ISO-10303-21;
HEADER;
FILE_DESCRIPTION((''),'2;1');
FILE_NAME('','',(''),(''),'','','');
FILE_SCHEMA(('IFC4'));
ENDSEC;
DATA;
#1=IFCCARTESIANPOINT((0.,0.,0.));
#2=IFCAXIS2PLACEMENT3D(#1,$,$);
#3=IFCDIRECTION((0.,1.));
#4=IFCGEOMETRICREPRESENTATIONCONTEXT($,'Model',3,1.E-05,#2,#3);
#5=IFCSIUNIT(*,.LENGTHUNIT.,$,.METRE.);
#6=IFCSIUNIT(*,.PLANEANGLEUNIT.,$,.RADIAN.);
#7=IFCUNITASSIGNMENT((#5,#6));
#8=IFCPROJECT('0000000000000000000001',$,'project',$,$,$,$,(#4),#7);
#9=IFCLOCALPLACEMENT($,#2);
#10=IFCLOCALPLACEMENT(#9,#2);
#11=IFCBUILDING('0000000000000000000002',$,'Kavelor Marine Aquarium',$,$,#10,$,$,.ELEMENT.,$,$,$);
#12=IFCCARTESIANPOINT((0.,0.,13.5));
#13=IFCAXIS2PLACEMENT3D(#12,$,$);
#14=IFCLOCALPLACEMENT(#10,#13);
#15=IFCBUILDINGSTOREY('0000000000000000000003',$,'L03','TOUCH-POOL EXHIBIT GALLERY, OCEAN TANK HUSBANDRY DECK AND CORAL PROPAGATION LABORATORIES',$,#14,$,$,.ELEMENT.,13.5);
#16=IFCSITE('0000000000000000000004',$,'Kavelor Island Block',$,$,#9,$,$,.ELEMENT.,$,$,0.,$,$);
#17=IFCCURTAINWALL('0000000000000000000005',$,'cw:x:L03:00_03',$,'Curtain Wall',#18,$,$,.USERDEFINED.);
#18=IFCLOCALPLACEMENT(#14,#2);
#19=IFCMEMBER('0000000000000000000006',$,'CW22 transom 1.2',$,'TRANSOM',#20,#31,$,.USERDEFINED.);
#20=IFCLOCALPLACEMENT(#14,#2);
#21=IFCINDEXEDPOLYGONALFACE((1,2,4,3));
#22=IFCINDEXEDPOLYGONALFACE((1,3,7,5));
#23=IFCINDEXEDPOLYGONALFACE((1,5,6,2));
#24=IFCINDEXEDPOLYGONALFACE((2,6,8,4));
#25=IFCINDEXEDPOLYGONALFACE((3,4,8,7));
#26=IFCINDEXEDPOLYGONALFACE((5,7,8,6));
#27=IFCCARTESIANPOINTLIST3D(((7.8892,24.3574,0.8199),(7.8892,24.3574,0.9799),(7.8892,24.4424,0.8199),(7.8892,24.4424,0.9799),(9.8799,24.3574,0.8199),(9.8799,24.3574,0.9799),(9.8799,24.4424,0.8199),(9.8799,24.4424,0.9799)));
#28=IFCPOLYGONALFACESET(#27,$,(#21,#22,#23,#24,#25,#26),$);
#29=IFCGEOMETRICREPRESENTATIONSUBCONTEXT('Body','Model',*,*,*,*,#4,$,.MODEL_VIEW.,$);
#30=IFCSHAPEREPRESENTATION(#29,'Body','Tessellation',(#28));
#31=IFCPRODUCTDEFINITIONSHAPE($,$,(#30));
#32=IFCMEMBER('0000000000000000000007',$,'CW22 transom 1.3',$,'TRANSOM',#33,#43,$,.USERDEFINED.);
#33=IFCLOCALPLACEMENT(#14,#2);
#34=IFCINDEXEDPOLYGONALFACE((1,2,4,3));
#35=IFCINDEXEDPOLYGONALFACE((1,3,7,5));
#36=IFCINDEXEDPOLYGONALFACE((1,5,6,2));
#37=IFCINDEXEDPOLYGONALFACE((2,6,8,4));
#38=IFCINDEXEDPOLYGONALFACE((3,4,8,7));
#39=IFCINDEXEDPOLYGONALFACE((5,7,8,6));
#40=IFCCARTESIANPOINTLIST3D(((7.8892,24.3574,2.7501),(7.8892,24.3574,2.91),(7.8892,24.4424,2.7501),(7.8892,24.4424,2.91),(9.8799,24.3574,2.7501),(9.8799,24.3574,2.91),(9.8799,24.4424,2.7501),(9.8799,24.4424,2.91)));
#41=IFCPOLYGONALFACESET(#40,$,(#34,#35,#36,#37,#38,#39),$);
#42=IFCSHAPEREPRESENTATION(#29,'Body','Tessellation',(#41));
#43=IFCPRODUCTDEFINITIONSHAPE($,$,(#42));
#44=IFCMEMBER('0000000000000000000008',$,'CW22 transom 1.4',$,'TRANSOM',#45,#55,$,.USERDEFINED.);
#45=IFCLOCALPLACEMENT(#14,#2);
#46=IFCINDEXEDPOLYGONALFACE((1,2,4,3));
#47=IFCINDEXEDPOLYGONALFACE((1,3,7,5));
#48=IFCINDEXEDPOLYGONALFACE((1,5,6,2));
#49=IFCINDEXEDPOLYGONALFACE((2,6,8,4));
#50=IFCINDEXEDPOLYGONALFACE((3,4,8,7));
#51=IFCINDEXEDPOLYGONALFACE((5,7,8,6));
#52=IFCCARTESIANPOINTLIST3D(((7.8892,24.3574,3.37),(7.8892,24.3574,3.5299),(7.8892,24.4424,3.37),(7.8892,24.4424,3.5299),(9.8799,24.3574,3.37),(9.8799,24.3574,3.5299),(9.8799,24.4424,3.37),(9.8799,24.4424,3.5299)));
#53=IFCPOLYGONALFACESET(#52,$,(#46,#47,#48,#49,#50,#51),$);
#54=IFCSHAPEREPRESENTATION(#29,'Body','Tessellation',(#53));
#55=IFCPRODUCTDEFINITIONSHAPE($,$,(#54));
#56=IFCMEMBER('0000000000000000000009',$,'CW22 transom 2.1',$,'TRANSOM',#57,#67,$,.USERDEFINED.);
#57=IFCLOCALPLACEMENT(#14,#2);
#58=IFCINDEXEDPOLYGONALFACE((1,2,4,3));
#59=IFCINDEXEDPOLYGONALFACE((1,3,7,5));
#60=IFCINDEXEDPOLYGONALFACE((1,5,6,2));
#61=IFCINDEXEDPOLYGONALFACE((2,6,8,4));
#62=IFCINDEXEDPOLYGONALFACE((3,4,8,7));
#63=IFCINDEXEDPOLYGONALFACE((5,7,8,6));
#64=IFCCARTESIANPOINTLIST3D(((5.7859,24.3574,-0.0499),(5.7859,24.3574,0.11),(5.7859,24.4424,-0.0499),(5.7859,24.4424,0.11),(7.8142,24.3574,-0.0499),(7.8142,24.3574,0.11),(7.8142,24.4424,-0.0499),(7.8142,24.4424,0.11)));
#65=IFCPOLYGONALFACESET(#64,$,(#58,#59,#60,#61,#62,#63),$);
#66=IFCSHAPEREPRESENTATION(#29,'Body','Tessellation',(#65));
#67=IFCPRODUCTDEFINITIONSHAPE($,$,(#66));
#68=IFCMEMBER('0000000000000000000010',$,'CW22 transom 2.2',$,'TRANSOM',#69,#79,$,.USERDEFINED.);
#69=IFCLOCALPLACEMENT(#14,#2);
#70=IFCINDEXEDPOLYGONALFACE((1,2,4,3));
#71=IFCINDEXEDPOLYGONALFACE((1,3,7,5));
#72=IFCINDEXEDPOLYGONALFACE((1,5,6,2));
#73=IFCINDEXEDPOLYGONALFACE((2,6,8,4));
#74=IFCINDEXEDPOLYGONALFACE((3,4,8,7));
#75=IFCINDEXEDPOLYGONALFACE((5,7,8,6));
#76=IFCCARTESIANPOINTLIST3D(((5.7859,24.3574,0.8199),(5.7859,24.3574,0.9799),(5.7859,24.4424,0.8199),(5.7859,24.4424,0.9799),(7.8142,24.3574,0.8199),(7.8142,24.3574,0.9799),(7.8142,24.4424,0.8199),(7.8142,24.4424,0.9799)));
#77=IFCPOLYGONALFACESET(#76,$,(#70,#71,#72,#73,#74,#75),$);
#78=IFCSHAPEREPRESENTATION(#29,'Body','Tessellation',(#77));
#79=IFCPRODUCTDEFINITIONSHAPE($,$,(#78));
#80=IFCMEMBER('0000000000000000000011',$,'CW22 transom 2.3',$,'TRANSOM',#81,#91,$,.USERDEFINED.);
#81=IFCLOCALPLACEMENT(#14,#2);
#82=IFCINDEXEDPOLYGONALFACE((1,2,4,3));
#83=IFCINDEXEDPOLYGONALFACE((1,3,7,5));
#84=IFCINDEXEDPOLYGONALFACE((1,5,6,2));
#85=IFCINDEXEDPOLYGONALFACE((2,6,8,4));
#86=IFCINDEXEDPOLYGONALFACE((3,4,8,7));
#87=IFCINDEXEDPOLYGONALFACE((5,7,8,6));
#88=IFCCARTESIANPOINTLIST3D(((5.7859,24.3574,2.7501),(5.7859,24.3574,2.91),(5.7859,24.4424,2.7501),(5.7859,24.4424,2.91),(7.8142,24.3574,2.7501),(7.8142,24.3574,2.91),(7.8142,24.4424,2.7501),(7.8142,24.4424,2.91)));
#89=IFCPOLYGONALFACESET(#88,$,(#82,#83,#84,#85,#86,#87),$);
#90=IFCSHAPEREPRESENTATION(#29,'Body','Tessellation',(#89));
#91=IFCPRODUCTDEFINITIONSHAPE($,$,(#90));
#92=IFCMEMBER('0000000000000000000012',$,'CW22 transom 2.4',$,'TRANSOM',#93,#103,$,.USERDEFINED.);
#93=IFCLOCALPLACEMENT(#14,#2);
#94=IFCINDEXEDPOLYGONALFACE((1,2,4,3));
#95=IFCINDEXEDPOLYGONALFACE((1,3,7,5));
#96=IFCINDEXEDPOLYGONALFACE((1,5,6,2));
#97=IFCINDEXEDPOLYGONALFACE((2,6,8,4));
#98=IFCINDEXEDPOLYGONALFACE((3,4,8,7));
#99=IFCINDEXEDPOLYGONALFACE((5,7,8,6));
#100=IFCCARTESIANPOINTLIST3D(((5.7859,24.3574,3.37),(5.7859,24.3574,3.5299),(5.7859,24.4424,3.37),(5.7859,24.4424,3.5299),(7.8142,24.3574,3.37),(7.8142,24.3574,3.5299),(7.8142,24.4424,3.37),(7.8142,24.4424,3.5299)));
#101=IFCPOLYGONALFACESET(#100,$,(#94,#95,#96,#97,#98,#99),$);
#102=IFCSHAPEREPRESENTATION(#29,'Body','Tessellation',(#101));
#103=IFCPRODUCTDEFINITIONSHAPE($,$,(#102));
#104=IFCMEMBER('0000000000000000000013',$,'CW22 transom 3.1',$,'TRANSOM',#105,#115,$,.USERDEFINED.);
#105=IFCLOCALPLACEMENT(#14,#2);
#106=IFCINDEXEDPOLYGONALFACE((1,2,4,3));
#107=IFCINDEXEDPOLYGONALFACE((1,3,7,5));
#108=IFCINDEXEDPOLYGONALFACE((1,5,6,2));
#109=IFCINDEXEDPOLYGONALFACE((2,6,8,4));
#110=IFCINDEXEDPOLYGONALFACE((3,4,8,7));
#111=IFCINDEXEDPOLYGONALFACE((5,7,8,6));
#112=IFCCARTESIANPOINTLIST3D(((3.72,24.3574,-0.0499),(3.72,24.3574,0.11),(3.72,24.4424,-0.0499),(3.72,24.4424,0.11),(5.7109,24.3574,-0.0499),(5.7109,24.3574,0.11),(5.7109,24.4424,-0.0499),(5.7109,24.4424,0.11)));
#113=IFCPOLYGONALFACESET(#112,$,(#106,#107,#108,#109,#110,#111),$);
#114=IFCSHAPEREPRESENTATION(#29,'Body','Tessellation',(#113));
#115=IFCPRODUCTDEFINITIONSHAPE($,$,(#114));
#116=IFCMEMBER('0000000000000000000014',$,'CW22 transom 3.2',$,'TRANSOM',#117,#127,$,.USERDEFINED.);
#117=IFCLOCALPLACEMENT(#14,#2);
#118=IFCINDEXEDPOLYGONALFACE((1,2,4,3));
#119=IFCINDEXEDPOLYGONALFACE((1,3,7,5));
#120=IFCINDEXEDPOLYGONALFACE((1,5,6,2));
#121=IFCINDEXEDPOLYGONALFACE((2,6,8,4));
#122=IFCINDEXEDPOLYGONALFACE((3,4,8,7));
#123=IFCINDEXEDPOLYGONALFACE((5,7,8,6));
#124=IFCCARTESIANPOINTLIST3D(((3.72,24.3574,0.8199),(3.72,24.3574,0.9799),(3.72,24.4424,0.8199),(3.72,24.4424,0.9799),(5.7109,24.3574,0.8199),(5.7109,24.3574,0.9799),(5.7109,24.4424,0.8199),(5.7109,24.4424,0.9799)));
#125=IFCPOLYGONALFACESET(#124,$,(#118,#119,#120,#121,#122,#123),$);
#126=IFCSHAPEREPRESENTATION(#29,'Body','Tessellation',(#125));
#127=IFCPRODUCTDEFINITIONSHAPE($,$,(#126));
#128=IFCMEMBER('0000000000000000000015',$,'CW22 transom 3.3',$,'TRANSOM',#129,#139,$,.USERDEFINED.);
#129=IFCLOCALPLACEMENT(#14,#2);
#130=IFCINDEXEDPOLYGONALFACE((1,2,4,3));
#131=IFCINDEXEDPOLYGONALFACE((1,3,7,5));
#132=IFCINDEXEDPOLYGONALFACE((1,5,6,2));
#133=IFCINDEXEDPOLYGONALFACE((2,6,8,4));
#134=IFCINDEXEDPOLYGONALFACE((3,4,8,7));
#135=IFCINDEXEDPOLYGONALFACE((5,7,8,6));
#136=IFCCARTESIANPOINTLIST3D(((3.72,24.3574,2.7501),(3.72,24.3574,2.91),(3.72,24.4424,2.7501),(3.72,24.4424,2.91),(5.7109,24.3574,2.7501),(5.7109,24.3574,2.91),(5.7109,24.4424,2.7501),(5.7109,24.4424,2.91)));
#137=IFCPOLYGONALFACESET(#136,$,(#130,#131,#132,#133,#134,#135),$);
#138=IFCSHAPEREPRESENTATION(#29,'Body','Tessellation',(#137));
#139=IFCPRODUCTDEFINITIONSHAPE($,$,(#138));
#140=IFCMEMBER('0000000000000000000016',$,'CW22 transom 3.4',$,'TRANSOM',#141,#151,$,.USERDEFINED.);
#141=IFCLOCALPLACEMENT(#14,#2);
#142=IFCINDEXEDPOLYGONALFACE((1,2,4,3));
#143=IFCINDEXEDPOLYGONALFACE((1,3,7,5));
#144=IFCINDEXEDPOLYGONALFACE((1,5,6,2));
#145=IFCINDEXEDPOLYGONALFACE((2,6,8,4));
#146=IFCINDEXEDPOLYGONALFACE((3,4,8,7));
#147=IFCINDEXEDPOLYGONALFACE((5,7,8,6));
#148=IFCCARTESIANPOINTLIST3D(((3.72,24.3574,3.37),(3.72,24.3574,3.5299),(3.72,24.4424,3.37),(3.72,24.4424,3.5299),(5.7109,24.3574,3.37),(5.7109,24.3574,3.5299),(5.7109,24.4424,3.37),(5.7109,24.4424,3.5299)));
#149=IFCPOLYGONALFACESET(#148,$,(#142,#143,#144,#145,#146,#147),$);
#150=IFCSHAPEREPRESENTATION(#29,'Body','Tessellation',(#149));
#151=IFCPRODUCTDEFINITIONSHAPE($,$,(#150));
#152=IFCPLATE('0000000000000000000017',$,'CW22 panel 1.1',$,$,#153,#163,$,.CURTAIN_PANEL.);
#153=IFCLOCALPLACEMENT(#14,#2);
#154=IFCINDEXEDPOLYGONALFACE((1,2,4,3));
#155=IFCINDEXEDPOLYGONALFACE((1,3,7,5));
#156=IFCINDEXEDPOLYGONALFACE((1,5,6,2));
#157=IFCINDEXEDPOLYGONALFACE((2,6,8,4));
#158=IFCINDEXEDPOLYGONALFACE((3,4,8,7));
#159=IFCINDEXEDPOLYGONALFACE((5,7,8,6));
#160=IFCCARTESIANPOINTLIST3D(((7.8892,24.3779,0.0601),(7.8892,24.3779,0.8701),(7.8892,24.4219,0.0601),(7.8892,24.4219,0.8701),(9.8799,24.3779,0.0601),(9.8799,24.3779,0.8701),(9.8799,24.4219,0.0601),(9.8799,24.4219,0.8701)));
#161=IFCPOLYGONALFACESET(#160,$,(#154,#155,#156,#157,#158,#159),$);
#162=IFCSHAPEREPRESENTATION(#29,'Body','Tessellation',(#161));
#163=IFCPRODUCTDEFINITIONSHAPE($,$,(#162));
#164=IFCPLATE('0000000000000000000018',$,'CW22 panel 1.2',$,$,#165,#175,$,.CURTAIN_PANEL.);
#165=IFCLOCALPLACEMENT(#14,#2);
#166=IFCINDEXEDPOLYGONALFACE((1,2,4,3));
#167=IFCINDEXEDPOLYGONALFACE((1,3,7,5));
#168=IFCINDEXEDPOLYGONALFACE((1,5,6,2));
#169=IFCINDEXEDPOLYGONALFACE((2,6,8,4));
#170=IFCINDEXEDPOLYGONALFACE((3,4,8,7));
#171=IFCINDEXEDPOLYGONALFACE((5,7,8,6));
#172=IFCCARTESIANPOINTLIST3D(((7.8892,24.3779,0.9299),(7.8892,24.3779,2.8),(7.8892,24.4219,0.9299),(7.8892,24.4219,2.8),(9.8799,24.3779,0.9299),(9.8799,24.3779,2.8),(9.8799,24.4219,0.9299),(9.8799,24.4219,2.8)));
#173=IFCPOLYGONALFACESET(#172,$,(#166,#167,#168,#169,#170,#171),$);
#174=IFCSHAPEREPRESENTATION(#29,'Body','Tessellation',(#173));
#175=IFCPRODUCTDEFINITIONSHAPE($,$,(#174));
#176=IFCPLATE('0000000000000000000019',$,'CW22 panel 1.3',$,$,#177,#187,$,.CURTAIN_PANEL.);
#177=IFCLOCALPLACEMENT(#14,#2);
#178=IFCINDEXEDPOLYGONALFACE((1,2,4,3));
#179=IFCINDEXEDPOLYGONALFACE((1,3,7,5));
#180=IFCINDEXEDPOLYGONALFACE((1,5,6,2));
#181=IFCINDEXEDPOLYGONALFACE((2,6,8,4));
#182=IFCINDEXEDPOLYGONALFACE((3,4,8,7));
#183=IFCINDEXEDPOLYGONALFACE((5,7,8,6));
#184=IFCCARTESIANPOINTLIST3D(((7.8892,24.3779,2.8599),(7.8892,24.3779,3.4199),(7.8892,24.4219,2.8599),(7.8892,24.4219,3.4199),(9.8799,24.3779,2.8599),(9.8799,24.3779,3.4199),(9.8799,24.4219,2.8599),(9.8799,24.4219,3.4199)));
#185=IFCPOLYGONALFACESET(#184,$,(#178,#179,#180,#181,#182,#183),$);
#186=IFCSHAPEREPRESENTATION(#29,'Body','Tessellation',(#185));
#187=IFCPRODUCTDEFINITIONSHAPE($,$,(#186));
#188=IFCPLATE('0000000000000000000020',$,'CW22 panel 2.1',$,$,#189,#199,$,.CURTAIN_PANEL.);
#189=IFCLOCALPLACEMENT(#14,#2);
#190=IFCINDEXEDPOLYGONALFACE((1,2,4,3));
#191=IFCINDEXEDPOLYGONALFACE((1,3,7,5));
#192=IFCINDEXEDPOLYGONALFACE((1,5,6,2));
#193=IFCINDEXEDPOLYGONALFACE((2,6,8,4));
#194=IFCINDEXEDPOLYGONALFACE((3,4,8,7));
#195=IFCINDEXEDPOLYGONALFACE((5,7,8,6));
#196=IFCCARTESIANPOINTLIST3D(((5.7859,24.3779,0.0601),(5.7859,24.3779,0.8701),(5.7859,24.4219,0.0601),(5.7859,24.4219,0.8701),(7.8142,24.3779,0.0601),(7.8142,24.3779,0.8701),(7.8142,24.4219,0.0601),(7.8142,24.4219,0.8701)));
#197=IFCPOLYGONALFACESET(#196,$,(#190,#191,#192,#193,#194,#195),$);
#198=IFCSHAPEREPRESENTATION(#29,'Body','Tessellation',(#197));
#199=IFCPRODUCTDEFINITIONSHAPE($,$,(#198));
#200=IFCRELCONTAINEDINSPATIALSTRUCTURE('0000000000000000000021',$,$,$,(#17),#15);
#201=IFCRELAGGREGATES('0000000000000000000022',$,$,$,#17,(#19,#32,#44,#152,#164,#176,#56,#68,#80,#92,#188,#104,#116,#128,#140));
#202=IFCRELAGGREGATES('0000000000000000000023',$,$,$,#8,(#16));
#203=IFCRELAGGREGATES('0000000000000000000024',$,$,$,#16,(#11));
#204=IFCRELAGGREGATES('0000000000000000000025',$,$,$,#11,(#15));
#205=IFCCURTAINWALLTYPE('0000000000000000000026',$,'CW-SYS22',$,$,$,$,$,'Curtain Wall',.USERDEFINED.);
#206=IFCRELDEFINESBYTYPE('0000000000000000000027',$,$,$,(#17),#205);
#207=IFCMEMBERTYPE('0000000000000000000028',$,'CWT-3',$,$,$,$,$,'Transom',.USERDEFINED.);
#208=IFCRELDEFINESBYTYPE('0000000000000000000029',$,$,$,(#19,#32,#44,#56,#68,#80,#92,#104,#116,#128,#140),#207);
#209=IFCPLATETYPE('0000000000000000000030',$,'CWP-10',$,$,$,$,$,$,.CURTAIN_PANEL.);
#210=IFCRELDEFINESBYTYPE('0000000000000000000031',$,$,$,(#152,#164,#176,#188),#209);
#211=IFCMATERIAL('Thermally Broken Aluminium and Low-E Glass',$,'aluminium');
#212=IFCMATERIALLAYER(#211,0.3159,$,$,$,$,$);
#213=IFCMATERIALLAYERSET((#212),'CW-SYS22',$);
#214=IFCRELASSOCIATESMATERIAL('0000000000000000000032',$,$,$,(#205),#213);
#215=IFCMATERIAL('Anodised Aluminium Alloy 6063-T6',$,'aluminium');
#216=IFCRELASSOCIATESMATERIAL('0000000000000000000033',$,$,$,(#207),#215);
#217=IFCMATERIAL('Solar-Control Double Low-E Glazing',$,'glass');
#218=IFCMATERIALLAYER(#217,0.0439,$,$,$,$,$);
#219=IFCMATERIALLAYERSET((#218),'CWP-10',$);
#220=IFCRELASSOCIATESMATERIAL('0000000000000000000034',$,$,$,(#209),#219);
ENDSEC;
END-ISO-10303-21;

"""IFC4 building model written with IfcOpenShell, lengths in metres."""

from ifc_helpers import new_model, si_unit, direction, frame, origin, origin_2d, place, context, subcontext, project, spatial, rectangle, extrude, material, layer, layer_set, material_profile, profile_set, type_object, element, aggregate, save


model = new_model("IFC4")

# Units and contexts
model_context = context("Model", 3, precision=1e-05, world=origin(), true_north=direction((0.0, 1.0)))
body_context = subcontext(model_context, "Body", "Model", "MODEL_VIEW")
ifc_project = project(units=[si_unit("LENGTHUNIT", "METRE"), si_unit("PLANEANGLEUNIT", "RADIAN")], contexts=[model_context])

# Site, building, storey
site_placement = place(None, origin())
site = spatial("IfcSite", under=ifc_project, at=site_placement, Name="Kavelor Island Block", CompositionType="ELEMENT", RefElevation=0.0)
building_placement = place(site_placement, origin())
building = spatial("IfcBuilding", under=site, at=building_placement, Name="Kavelor Marine Aquarium", CompositionType="ELEMENT")
storey_placement = place(building_placement, frame((0.0, 0.0, 13.5)))
storey = spatial("IfcBuildingStorey", under=building, at=storey_placement, Name="L03", Description="TOUCH-POOL EXHIBIT GALLERY, OCEAN TANK HUSBANDRY DECK AND CORAL PROPAGATION LABORATORIES", CompositionType="ELEMENT", Elevation=13.5)

# Curtain wall
ifc_material_1 = material(Name="Thermally Broken Aluminium and Low-E Glass", Category="aluminium")
ifc_layer_1 = layer(ifc_material_1, 0.3159)
ifc_layer_set_1 = layer_set([ifc_layer_1], Name="CW-SYS22")
curtain_wall_type_1 = type_object("IfcCurtainWallType", Name="CW-SYS22", ElementType="Curtain Wall", PredefinedType="USERDEFINED", material=ifc_layer_set_1)
curtain_wall_1_placement = place(storey_placement, origin())
curtain_wall_1 = element("IfcCurtainWall", 1, at=curtain_wall_1_placement, inside=storey, type_object=curtain_wall_type_1, Name="cw:x:L03:00_03", ObjectType="Curtain Wall", PredefinedType="USERDEFINED")

# Members
ifc_material_2 = material(Name="Anodised Aluminium Alloy 6063-T6", Category="aluminium")
ifc_material_profile_1 = material_profile(ifc_material_2, rectangle(XDim=0.085, YDim=0.1599, at=origin_2d()), Name="CW-TRN 85x160")
ifc_profile_set_1 = profile_set([ifc_material_profile_1], Name="Anodised Aluminium Alloy 6063-T6")
member_type_1 = type_object("IfcMemberType", Name="CWT-3", ElementType="Transom", PredefinedType="USERDEFINED", material=ifc_profile_set_1)
member_1_placement = place(storey_placement, frame((9.8799, 24.3999, 0.8999), z_axis=(-1.0, 0.0, 0.0), x_axis=(0.0, -1.0, 0.0)))
member_1 = element("IfcMember", 2, at=member_1_placement, type_object=member_type_1, Name="CW22 transom 1.2", ObjectType="TRANSOM", PredefinedType="USERDEFINED", context=body_context, shape_type="SweptSolid", body=[
    extrude(rectangle(XDim=0.085, YDim=0.1599, at=origin_2d()), origin(), (0.0, 0.0, 1.0), 1.9907),
])
member_2_placement = place(storey_placement, frame((9.8799, 24.3999, 2.8301), z_axis=(-1.0, 0.0, 0.0), x_axis=(0.0, -1.0, 0.0)))
member_2 = element("IfcMember", 3, at=member_2_placement, type_object=member_type_1, Name="CW22 transom 1.3", ObjectType="TRANSOM", PredefinedType="USERDEFINED", context=body_context, shape_type="SweptSolid", body=[
    extrude(rectangle(XDim=0.085, YDim=0.1599, at=origin_2d()), origin(), (0.0, 0.0, 1.0), 1.9907),
])
member_3_placement = place(storey_placement, frame((9.8799, 24.3999, 3.45), z_axis=(-1.0, 0.0, 0.0), x_axis=(0.0, -1.0, 0.0)))
member_3 = element("IfcMember", 4, at=member_3_placement, type_object=member_type_1, Name="CW22 transom 1.4", ObjectType="TRANSOM", PredefinedType="USERDEFINED", context=body_context, shape_type="SweptSolid", body=[
    extrude(rectangle(XDim=0.085, YDim=0.1599, at=origin_2d()), origin(), (0.0, 0.0, 1.0), 1.9907),
])
member_4_placement = place(storey_placement, frame((7.8142, 24.3999, 0.03), z_axis=(-1.0, 0.0, 0.0), x_axis=(0.0, -1.0, 0.0)))
member_4 = element("IfcMember", 5, at=member_4_placement, type_object=member_type_1, Name="CW22 transom 2.1", ObjectType="TRANSOM", PredefinedType="USERDEFINED", context=body_context, shape_type="SweptSolid", body=[
    extrude(rectangle(XDim=0.085, YDim=0.1599, at=origin_2d()), origin(), (0.0, 0.0, 1.0), 2.0283),
])
member_5_placement = place(storey_placement, frame((7.8142, 24.3999, 0.8999), z_axis=(-1.0, 0.0, 0.0), x_axis=(0.0, -1.0, 0.0)))
member_5 = element("IfcMember", 6, at=member_5_placement, type_object=member_type_1, Name="CW22 transom 2.2", ObjectType="TRANSOM", PredefinedType="USERDEFINED", context=body_context, shape_type="SweptSolid", body=[
    extrude(rectangle(XDim=0.085, YDim=0.1599, at=origin_2d()), origin(), (0.0, 0.0, 1.0), 2.0283),
])
member_6_placement = place(storey_placement, frame((7.8142, 24.3999, 2.8301), z_axis=(-1.0, 0.0, 0.0), x_axis=(0.0, -1.0, 0.0)))
member_6 = element("IfcMember", 7, at=member_6_placement, type_object=member_type_1, Name="CW22 transom 2.3", ObjectType="TRANSOM", PredefinedType="USERDEFINED", context=body_context, shape_type="SweptSolid", body=[
    extrude(rectangle(XDim=0.085, YDim=0.1599, at=origin_2d()), origin(), (0.0, 0.0, 1.0), 2.0283),
])
member_7_placement = place(storey_placement, frame((7.8142, 24.3999, 3.45), z_axis=(-1.0, 0.0, 0.0), x_axis=(0.0, -1.0, 0.0)))
member_7 = element("IfcMember", 8, at=member_7_placement, type_object=member_type_1, Name="CW22 transom 2.4", ObjectType="TRANSOM", PredefinedType="USERDEFINED", context=body_context, shape_type="SweptSolid", body=[
    extrude(rectangle(XDim=0.085, YDim=0.1599, at=origin_2d()), origin(), (0.0, 0.0, 1.0), 2.0283),
])
member_8_placement = place(storey_placement, frame((5.7109, 24.3999, 0.03), z_axis=(-1.0, 0.0, 0.0), x_axis=(0.0, -1.0, 0.0)))
member_8 = element("IfcMember", 9, at=member_8_placement, type_object=member_type_1, Name="CW22 transom 3.1", ObjectType="TRANSOM", PredefinedType="USERDEFINED", context=body_context, shape_type="SweptSolid", body=[
    extrude(rectangle(XDim=0.085, YDim=0.1599, at=origin_2d()), origin(), (0.0, 0.0, 1.0), 1.991),
])
member_9_placement = place(storey_placement, frame((5.7109, 24.3999, 0.8999), z_axis=(-1.0, 0.0, 0.0), x_axis=(0.0, -1.0, 0.0)))
member_9 = element("IfcMember", 10, at=member_9_placement, type_object=member_type_1, Name="CW22 transom 3.2", ObjectType="TRANSOM", PredefinedType="USERDEFINED", context=body_context, shape_type="SweptSolid", body=[
    extrude(rectangle(XDim=0.085, YDim=0.1599, at=origin_2d()), origin(), (0.0, 0.0, 1.0), 1.991),
])
member_10_placement = place(storey_placement, frame((5.7109, 24.3999, 2.8301), z_axis=(-1.0, 0.0, 0.0), x_axis=(0.0, -1.0, 0.0)))
member_10 = element("IfcMember", 11, at=member_10_placement, type_object=member_type_1, Name="CW22 transom 3.3", ObjectType="TRANSOM", PredefinedType="USERDEFINED", context=body_context, shape_type="SweptSolid", body=[
    extrude(rectangle(XDim=0.085, YDim=0.1599, at=origin_2d()), origin(), (0.0, 0.0, 1.0), 1.991),
])
member_11_placement = place(storey_placement, frame((5.7109, 24.3999, 3.45), z_axis=(-1.0, 0.0, 0.0), x_axis=(0.0, -1.0, 0.0)))
member_11 = element("IfcMember", 12, at=member_11_placement, type_object=member_type_1, Name="CW22 transom 3.4", ObjectType="TRANSOM", PredefinedType="USERDEFINED", context=body_context, shape_type="SweptSolid", body=[
    extrude(rectangle(XDim=0.085, YDim=0.1599, at=origin_2d()), origin(), (0.0, 0.0, 1.0), 1.991),
])

# Plates
ifc_material_3 = material(Name="Solar-Control Double Low-E Glazing", Category="glass")
ifc_layer_2 = layer(ifc_material_3, 0.0439)
ifc_layer_set_2 = layer_set([ifc_layer_2], Name="CWP-10")
plate_type_1 = type_object("IfcPlateType", Name="CWP-10", PredefinedType="CURTAIN_PANEL", material=ifc_layer_set_2)
plate_1_placement = place(storey_placement, frame((8.8845, 24.3999, 0.0601), z_axis=(0.0, 0.0, 1.0), x_axis=(-1.0, 0.0, 0.0)))
plate_1 = element("IfcPlate", 13, at=plate_1_placement, type_object=plate_type_1, Name="CW22 panel 1.1", PredefinedType="CURTAIN_PANEL", context=body_context, shape_type="SweptSolid", body=[
    extrude(rectangle(XDim=1.9907, YDim=0.0439, at=origin_2d()), origin(), (0.0, 0.0, 1.0), 0.8101),
])
plate_2_placement = place(storey_placement, frame((8.8845, 24.3999, 0.9299), z_axis=(0.0, 0.0, 1.0), x_axis=(-1.0, 0.0, 0.0)))
plate_2 = element("IfcPlate", 14, at=plate_2_placement, type_object=plate_type_1, Name="CW22 panel 1.2", PredefinedType="CURTAIN_PANEL", context=body_context, shape_type="SweptSolid", body=[
    extrude(rectangle(XDim=1.9907, YDim=0.0439, at=origin_2d()), origin(), (0.0, 0.0, 1.0), 1.8701),
])
plate_3_placement = place(storey_placement, frame((8.8845, 24.3999, 2.8599), z_axis=(0.0, 0.0, 1.0), x_axis=(-1.0, 0.0, 0.0)))
plate_3 = element("IfcPlate", 15, at=plate_3_placement, type_object=plate_type_1, Name="CW22 panel 1.3", PredefinedType="CURTAIN_PANEL", context=body_context, shape_type="SweptSolid", body=[
    extrude(rectangle(XDim=1.9907, YDim=0.0439, at=origin_2d()), origin(), (0.0, 0.0, 1.0), 0.5601),
])
plate_4_placement = place(storey_placement, frame((6.8, 24.3999, 0.0601), z_axis=(0.0, 0.0, 1.0), x_axis=(-1.0, 0.0, 0.0)))
plate_4 = element("IfcPlate", 16, at=plate_4_placement, type_object=plate_type_1, Name="CW22 panel 2.1", PredefinedType="CURTAIN_PANEL", context=body_context, shape_type="SweptSolid", body=[
    extrude(rectangle(XDim=2.0283, YDim=0.0439, at=origin_2d()), origin(), (0.0, 0.0, 1.0), 0.8101),
])
aggregate(curtain_wall_1, [member_1, member_2, member_3, plate_1, plate_2, plate_3, member_4, member_5, member_6, member_7, plate_4, member_8, member_9, member_10, member_11])

save(model, "model.ifc")
